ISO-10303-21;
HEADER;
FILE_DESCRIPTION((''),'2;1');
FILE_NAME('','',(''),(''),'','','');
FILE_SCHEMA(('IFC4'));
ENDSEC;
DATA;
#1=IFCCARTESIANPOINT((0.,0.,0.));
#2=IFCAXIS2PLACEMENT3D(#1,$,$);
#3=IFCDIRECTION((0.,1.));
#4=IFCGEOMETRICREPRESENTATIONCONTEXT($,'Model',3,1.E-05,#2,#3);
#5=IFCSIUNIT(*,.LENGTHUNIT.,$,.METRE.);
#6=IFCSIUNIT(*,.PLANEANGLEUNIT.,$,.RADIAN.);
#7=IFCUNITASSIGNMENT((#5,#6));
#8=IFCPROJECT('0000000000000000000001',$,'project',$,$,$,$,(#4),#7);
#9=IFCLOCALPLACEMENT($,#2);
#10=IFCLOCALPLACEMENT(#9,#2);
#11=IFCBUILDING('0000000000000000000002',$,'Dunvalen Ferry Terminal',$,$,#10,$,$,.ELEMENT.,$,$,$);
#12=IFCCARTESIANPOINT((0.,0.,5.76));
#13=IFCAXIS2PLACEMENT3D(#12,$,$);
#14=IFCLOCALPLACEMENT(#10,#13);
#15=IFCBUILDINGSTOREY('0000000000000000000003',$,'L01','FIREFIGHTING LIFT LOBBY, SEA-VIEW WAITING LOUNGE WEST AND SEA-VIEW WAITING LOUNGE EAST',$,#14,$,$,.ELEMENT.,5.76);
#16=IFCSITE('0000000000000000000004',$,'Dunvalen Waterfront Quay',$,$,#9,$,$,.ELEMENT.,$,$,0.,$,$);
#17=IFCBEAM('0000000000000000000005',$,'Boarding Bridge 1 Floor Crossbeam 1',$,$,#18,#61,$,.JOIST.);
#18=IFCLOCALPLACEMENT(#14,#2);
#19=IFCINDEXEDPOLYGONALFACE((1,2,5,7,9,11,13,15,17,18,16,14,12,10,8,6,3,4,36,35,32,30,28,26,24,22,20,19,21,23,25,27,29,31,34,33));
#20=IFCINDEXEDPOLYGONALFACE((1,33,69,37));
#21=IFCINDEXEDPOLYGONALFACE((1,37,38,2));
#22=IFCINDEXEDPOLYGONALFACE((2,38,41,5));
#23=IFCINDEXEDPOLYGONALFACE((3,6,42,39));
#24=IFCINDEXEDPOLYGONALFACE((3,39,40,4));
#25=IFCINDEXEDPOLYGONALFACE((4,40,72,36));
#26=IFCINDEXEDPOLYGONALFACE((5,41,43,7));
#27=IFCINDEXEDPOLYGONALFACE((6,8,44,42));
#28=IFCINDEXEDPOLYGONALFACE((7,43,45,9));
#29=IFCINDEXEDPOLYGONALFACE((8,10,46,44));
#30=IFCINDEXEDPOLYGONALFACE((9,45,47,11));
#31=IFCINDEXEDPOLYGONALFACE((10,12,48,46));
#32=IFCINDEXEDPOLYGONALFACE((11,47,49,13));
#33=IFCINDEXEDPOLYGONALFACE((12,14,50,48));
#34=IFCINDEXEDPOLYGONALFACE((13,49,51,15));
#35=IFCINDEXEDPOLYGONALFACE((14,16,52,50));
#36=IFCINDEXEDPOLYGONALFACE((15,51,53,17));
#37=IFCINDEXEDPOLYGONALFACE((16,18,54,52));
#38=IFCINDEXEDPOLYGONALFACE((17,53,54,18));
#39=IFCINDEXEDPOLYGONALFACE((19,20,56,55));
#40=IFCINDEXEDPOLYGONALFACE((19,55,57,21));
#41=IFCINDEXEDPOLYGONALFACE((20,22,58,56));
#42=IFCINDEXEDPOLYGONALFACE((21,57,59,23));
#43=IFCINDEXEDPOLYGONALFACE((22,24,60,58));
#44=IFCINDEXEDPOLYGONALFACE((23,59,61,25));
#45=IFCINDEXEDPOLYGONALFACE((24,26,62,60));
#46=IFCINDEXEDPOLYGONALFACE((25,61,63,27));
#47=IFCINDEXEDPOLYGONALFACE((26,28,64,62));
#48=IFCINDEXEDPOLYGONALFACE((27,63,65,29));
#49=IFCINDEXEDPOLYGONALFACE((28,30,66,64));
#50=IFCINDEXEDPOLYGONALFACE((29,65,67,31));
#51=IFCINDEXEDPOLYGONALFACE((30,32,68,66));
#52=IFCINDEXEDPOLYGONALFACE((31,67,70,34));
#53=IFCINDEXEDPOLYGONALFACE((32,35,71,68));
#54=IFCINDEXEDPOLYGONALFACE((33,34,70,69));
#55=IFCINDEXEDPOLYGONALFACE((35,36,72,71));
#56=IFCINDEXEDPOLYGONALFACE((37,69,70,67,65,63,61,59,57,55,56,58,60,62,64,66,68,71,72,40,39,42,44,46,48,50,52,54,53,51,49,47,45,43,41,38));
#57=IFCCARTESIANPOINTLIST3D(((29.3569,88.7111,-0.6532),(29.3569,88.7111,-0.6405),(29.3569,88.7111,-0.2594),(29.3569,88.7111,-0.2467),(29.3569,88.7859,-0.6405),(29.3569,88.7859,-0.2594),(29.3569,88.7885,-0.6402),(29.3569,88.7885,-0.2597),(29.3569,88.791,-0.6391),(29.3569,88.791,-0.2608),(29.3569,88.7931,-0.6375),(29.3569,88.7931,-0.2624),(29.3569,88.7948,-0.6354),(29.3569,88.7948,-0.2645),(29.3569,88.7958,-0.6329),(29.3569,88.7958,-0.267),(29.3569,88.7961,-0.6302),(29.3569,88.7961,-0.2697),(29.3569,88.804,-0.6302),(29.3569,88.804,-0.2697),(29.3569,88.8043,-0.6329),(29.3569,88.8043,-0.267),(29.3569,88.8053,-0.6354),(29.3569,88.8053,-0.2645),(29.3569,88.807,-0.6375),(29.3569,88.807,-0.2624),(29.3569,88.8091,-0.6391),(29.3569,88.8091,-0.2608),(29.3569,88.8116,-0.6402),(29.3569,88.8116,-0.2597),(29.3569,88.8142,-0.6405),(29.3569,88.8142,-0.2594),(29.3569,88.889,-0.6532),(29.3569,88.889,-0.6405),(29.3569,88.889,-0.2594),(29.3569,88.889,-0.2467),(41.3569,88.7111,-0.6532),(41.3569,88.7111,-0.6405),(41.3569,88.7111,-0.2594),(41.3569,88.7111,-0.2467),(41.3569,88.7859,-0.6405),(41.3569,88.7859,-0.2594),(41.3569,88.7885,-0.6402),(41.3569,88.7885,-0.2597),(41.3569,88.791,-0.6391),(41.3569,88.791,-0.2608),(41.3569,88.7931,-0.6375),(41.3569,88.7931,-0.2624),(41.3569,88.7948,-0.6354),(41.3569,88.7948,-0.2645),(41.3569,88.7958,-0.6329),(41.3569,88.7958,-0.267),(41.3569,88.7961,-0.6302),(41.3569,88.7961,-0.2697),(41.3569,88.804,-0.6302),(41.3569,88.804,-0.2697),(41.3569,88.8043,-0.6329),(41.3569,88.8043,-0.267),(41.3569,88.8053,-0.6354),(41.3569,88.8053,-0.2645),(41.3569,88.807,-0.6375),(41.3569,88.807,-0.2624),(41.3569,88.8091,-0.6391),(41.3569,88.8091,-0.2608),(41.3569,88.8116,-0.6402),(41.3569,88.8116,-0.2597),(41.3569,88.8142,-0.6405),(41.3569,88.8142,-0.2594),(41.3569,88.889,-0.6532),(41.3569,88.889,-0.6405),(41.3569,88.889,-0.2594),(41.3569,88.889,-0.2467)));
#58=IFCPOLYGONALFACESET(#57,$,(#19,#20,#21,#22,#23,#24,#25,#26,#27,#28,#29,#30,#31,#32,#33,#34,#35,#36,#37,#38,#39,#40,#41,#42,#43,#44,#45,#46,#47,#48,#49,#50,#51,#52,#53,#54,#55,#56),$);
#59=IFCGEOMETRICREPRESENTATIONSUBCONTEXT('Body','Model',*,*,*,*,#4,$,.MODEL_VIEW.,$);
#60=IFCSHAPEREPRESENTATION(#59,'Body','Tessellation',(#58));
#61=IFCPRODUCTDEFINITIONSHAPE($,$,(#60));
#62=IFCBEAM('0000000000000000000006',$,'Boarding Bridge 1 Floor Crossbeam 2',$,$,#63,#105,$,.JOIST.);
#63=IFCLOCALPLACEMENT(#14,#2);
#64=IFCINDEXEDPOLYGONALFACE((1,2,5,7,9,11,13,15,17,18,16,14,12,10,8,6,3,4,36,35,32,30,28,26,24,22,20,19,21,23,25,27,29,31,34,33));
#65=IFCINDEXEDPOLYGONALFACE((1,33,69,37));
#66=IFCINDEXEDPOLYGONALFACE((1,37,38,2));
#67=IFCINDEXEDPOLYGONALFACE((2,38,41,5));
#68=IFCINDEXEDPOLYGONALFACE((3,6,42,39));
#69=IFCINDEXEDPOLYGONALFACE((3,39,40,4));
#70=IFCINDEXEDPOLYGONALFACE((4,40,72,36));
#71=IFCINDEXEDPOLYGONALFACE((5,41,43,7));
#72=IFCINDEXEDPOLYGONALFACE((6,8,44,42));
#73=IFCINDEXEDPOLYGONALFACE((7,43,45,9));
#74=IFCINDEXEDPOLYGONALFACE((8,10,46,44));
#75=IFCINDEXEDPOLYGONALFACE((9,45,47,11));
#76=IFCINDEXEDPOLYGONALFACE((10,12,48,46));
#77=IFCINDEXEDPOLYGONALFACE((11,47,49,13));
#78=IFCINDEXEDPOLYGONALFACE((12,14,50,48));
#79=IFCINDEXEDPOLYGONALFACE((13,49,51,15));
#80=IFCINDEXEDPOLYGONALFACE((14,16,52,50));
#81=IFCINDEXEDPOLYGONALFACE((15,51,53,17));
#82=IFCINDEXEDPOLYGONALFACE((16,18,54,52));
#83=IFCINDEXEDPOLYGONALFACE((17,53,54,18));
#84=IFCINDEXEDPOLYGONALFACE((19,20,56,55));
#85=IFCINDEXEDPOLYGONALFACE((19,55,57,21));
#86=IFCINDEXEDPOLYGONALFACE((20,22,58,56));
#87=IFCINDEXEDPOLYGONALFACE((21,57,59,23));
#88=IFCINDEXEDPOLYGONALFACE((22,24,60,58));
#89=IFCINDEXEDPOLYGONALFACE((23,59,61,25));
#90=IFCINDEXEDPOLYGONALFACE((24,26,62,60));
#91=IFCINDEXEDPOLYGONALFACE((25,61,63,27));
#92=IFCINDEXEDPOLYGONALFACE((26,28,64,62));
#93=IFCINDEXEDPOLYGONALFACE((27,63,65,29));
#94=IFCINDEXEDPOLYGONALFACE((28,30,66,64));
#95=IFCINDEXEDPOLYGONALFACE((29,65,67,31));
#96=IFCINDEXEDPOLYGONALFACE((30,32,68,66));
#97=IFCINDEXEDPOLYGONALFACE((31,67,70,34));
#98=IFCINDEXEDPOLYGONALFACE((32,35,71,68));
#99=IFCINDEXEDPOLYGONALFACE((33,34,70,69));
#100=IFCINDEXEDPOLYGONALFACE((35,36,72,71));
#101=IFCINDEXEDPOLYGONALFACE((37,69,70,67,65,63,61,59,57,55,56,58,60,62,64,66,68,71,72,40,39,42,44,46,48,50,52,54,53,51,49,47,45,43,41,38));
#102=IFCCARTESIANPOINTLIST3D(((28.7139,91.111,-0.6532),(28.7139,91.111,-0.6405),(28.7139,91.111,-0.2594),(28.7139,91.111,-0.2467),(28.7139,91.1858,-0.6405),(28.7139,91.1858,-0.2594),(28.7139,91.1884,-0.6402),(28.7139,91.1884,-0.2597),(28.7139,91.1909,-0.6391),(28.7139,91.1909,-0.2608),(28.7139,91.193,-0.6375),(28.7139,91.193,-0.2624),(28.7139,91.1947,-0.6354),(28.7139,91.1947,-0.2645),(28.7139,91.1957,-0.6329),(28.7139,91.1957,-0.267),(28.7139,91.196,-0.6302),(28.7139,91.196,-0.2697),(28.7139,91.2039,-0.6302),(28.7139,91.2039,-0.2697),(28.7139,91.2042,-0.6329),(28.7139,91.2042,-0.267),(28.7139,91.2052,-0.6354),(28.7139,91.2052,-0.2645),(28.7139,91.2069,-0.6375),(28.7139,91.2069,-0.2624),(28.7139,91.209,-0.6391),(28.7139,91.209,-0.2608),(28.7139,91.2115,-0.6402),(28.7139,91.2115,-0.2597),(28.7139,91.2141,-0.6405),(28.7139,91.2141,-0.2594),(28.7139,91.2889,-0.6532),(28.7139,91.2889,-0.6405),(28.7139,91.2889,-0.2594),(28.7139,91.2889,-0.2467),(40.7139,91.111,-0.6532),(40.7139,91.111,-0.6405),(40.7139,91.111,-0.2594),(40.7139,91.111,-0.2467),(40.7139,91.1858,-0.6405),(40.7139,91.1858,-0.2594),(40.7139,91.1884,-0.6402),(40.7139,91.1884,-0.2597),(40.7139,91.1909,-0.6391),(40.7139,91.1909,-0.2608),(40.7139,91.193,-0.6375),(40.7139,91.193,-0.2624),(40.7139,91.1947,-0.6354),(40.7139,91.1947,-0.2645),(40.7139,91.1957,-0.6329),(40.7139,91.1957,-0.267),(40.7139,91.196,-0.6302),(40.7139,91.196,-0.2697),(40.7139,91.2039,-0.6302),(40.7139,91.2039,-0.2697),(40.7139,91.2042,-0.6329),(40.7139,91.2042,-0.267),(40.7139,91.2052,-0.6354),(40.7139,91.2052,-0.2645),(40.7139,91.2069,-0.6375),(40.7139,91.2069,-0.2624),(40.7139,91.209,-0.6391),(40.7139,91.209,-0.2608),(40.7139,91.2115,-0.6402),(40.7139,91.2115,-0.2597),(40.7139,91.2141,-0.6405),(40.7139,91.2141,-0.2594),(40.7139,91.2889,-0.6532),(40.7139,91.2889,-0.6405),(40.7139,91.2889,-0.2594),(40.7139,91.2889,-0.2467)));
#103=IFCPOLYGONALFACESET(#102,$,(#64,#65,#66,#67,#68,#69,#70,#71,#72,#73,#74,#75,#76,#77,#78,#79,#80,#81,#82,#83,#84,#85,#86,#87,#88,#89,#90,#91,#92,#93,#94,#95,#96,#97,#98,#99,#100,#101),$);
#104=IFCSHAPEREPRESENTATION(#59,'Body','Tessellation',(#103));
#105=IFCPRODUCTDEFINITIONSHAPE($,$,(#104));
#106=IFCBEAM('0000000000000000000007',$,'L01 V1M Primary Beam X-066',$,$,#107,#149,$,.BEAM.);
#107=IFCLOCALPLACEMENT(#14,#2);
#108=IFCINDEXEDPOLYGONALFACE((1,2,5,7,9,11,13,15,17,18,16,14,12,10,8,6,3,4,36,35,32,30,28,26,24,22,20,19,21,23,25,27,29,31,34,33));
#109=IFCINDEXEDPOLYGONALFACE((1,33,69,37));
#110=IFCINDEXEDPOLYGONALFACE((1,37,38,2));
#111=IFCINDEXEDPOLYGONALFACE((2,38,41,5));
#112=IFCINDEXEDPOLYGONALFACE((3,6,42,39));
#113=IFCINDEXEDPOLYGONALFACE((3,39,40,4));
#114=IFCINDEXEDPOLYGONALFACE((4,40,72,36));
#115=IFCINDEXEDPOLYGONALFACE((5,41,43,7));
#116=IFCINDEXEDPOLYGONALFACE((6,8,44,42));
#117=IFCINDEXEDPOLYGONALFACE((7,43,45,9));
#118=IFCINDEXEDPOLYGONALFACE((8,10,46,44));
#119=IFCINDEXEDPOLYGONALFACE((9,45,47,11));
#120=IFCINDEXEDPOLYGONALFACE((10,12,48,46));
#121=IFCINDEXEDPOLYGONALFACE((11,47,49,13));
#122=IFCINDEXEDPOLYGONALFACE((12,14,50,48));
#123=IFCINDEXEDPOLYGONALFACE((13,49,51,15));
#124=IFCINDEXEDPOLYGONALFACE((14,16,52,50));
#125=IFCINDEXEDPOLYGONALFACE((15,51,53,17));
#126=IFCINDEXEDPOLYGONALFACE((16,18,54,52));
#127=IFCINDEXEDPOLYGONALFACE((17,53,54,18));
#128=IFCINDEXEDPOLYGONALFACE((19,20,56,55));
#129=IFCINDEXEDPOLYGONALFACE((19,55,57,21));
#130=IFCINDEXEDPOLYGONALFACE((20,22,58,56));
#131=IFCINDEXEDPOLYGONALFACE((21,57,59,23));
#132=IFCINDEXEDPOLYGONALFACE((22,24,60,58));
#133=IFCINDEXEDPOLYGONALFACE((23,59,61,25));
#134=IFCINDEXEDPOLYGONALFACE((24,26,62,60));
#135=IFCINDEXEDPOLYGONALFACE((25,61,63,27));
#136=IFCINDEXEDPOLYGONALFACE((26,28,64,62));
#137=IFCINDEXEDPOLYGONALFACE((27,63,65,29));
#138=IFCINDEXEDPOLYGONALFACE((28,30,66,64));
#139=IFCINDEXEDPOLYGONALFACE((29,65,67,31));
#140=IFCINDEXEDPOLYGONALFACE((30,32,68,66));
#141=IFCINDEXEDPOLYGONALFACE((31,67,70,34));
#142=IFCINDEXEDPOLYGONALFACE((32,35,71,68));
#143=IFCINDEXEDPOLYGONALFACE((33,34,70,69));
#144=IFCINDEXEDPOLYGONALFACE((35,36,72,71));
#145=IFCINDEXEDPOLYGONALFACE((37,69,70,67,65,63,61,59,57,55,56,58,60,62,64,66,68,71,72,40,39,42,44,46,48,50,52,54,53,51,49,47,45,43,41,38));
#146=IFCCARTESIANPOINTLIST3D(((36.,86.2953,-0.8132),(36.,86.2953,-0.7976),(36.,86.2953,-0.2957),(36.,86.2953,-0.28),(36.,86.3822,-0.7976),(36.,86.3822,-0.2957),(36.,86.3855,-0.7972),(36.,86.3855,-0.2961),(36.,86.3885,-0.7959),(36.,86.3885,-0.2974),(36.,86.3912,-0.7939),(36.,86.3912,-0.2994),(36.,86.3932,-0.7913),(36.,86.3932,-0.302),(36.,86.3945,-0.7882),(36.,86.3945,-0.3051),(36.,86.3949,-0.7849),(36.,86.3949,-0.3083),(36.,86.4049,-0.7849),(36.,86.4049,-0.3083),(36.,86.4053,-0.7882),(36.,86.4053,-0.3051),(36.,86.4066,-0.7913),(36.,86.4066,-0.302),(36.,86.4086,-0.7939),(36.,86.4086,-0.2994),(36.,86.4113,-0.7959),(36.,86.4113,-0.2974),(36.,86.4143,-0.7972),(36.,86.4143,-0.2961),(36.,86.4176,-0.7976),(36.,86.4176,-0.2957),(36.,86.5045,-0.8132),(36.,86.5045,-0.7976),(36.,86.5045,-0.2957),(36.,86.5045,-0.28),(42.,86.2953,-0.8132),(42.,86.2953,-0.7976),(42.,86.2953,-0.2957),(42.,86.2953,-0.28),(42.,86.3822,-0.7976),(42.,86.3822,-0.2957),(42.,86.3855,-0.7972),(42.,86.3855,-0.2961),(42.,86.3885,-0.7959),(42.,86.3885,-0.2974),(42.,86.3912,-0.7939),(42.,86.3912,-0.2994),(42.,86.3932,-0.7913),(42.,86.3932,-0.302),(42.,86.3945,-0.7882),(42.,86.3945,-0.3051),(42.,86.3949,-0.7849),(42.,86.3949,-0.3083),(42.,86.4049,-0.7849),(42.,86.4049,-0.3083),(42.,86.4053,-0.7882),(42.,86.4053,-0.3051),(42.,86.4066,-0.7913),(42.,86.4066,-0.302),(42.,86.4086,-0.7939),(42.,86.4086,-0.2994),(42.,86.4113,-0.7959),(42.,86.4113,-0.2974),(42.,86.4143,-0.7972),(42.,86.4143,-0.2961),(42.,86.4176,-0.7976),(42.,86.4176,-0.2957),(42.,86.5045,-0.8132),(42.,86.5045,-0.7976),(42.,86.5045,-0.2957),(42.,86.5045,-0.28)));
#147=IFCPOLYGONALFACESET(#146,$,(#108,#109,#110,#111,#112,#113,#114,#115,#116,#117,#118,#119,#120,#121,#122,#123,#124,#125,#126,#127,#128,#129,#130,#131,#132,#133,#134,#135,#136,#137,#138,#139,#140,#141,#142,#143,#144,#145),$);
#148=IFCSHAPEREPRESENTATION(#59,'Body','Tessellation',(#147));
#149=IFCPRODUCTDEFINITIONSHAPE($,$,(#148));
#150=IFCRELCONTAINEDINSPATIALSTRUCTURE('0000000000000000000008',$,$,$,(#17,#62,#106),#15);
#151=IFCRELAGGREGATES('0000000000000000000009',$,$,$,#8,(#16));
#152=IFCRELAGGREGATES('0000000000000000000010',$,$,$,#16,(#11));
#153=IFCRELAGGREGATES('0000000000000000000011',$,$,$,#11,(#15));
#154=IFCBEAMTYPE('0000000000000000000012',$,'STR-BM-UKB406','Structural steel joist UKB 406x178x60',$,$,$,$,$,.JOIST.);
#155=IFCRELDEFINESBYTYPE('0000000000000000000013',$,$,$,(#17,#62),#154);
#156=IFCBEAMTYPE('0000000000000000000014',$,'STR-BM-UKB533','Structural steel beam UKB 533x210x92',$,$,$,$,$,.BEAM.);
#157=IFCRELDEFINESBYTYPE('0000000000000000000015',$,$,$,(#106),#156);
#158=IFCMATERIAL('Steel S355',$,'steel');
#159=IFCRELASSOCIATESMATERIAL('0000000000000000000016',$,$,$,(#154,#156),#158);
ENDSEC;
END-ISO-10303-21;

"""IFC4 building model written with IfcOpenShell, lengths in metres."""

from ifc_helpers import new_model, si_unit, direction, frame, origin, origin_2d, place, context, subcontext, project, spatial, i_section, extrude, material, material_profile, profile_set, type_object, element, save


model = new_model("IFC4")

# Units and contexts
model_context = context("Model", 3, precision=1e-05, world=origin(), true_north=direction((0.0, 1.0)))
body_context = subcontext(model_context, "Body", "Model", "MODEL_VIEW")
ifc_project = project(units=[si_unit("LENGTHUNIT", "METRE"), si_unit("PLANEANGLEUNIT", "RADIAN")], contexts=[model_context])

# Site, building, storey
site_placement = place(None, origin())
site = spatial("IfcSite", under=ifc_project, at=site_placement, Name="Dunvalen Waterfront Quay", CompositionType="ELEMENT", RefElevation=0.0)
building_placement = place(site_placement, origin())
building = spatial("IfcBuilding", under=site, at=building_placement, Name="Dunvalen Ferry Terminal", CompositionType="ELEMENT")
storey_placement = place(building_placement, frame((0.0, 0.0, 5.76)))
storey = spatial("IfcBuildingStorey", under=building, at=storey_placement, Name="L01", Description="FIREFIGHTING LIFT LOBBY, SEA-VIEW WAITING LOUNGE WEST AND SEA-VIEW WAITING LOUNGE EAST", CompositionType="ELEMENT", Elevation=5.76)

# Beams
ifc_material_1 = material(Name="Steel S355", Category="steel")
ifc_material_profile_1 = material_profile(ifc_material_1, i_section(OverallWidth=0.178, OverallDepth=0.4065, WebThickness=0.0078, FlangeThickness=0.0127, FilletRadius=0.0103, at=origin_2d()), Name="Steel S355")
ifc_profile_set_1 = profile_set([ifc_material_profile_1], Name="Steel S355")
beam_type_1 = type_object("IfcBeamType", Name="STR-BM-UKB406", Description="Structural steel joist UKB 406x178x60", PredefinedType="JOIST", material=ifc_profile_set_1)
for number, where, z_axis, x_axis, name in (
    (1, (29.3569, 88.8, -0.45), (1.0, 0.0, 0.0), (0.0, 1.0, 0.0), "Boarding Bridge 1 Floor Crossbeam 1"),
    (2, (28.7139, 91.2, -0.45), (1.0, 0.0, 0.0), (0.0, 1.0, 0.0), "Boarding Bridge 1 Floor Crossbeam 2"),
):
    element("IfcBeam", number, at=place(storey_placement, frame(where, z_axis=z_axis, x_axis=x_axis)), inside=storey, type_object=beam_type_1, Name=name, PredefinedType="JOIST", context=body_context, shape_type="SweptSolid", body=[
        extrude(i_section(OverallWidth=0.178, OverallDepth=0.4065, WebThickness=0.0078, FlangeThickness=0.0127, FilletRadius=0.0103, at=origin_2d()), origin(), (0.0, 0.0, 1.0), 12.0),
    ])
ifc_material_profile_2 = material_profile(ifc_material_1, i_section(OverallWidth=0.2092, OverallDepth=0.5332, WebThickness=0.01, FlangeThickness=0.0156, FilletRadius=0.0127, at=origin_2d()), Name="Steel S355")
ifc_profile_set_2 = profile_set([ifc_material_profile_2], Name="Steel S355")
beam_type_2 = type_object("IfcBeamType", Name="STR-BM-UKB533", Description="Structural steel beam UKB 533x210x92", PredefinedType="BEAM", material=ifc_profile_set_2)
beam_1_placement = place(storey_placement, frame((36.0, 86.3999, -0.5466), z_axis=(1.0, 0.0, 0.0), x_axis=(0.0, 1.0, 0.0)))
element("IfcBeam", 3, at=beam_1_placement, inside=storey, type_object=beam_type_2, Name="L01 V1M Primary Beam X-066", PredefinedType="BEAM", context=body_context, shape_type="SweptSolid", body=[
    extrude(i_section(OverallWidth=0.2092, OverallDepth=0.5332, WebThickness=0.01, FlangeThickness=0.0156, FilletRadius=0.0127, at=origin_2d()), origin(), (0.0, 0.0, 1.0), 6.0),
])

save(model, "model.ifc")
